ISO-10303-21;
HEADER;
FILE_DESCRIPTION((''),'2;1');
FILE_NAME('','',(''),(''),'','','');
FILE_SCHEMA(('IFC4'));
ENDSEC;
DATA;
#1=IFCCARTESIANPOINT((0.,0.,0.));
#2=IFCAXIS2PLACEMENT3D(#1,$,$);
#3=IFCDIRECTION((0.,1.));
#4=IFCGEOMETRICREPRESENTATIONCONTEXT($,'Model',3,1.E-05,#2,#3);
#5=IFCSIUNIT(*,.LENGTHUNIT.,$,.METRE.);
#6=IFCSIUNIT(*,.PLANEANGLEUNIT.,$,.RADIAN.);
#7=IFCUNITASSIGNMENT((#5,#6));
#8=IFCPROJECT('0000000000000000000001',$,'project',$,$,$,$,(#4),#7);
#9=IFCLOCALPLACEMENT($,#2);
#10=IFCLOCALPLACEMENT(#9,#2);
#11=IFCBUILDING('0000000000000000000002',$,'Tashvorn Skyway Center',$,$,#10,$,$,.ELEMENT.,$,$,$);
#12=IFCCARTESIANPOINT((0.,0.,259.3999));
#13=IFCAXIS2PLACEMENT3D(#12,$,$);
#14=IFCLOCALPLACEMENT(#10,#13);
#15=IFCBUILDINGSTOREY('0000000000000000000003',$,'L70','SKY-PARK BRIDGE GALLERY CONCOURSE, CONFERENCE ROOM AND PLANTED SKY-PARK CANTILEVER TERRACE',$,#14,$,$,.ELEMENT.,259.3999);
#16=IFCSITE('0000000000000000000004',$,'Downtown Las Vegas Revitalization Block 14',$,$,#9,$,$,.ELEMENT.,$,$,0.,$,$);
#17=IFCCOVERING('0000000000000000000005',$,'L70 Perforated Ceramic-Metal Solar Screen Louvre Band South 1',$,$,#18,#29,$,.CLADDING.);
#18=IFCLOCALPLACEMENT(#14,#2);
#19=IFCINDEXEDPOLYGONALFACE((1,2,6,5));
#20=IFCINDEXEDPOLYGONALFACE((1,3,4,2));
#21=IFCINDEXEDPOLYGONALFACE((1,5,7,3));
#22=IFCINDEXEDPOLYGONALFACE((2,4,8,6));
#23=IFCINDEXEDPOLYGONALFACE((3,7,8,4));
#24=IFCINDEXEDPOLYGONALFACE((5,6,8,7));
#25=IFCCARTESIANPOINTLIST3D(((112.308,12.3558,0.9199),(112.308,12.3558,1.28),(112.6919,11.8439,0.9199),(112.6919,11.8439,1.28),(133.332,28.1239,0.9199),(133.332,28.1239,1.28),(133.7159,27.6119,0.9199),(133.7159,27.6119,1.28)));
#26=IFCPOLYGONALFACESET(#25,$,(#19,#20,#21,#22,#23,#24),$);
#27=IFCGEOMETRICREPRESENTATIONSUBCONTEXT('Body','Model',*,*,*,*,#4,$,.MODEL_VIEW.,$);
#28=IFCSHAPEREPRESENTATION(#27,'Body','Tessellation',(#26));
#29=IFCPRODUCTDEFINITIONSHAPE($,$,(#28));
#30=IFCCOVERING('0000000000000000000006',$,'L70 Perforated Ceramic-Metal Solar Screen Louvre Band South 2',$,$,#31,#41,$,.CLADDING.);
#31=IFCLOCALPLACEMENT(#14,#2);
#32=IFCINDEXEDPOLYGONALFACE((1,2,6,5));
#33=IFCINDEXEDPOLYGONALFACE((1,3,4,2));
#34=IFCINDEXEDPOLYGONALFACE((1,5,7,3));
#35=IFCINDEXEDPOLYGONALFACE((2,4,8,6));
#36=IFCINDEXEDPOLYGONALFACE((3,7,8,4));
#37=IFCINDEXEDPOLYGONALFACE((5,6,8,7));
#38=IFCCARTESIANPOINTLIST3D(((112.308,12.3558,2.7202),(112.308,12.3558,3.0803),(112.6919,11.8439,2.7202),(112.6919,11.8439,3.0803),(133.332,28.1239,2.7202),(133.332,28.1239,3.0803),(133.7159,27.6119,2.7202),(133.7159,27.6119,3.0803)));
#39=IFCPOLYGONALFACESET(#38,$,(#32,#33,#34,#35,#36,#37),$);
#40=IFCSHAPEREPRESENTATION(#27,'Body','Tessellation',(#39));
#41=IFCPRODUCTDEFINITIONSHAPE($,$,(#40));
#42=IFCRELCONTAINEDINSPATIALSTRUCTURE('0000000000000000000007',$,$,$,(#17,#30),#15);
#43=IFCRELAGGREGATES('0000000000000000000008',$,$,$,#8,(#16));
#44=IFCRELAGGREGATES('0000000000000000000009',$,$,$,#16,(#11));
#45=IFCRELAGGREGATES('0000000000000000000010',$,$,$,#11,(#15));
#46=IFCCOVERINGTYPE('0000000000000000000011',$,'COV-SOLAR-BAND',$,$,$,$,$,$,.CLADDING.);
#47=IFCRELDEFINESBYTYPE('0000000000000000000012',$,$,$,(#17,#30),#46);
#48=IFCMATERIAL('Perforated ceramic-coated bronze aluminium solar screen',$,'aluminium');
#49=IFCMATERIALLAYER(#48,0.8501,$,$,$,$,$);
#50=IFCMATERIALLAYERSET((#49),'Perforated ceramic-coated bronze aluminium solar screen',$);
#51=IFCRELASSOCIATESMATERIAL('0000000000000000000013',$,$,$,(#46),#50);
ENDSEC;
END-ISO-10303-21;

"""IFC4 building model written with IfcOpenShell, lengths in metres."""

from ifc_helpers import new_model, si_unit, direction, frame, origin, origin_2d, place, context, subcontext, project, spatial, rectangle, extrude, material, layer, layer_set, type_object, element, save


model = new_model("IFC4")

# Units and contexts
model_context = context("Model", 3, precision=1e-05, world=origin(), true_north=direction((0.0, 1.0)))
body_context = subcontext(model_context, "Body", "Model", "MODEL_VIEW")
ifc_project = project(units=[si_unit("LENGTHUNIT", "METRE"), si_unit("PLANEANGLEUNIT", "RADIAN")], contexts=[model_context])

# Site, building, storey
site_placement = place(None, origin())
site = spatial("IfcSite", under=ifc_project, at=site_placement, Name="Downtown Las Vegas Revitalization Block 14", CompositionType="ELEMENT", RefElevation=0.0)
building_placement = place(site_placement, origin())
building = spatial("IfcBuilding", under=site, at=building_placement, Name="Tashvorn Skyway Center", CompositionType="ELEMENT")
storey_placement = place(building_placement, frame((0.0, 0.0, 259.3999)))
storey = spatial("IfcBuildingStorey", under=building, at=storey_placement, Name="L70", Description="SKY-PARK BRIDGE GALLERY CONCOURSE, CONFERENCE ROOM AND PLANTED SKY-PARK CANTILEVER TERRACE", CompositionType="ELEMENT", Elevation=259.3999)

# Coverings
ifc_material_1 = material(Name="Perforated ceramic-coated bronze aluminium solar screen", Category="aluminium")
ifc_layer_1 = layer(ifc_material_1, 0.8501)
ifc_layer_set_1 = layer_set([ifc_layer_1], Name="Perforated ceramic-coated bronze aluminium solar screen")
covering_type = type_object("IfcCoveringType", Name="COV-SOLAR-BAND", PredefinedType="CLADDING", material=ifc_layer_set_1)
for number, where, z_axis, x_axis, name in (
    (1, (123.012, 19.9839, 0.9199), (0.0, 0.0, 1.0), (-0.8, -0.6, 0.0), "L70 Perforated Ceramic-Metal Solar Screen Louvre Band South 1"),
    (2, (123.012, 19.9839, 2.7202), (0.0, 0.0, 1.0), (-0.8, -0.6, 0.0), "L70 Perforated Ceramic-Metal Solar Screen Louvre Band South 2"),
):
    element("IfcCovering", number, at=place(storey_placement, frame(where, z_axis=z_axis, x_axis=x_axis)), inside=storey, type_object=covering_type, Name=name, PredefinedType="CLADDING", context=body_context, shape_type="SweptSolid", body=[
        extrude(rectangle(XDim=26.28, YDim=0.6399, at=origin_2d()), origin(), (0.0, 0.0, 1.0), 0.3601),
    ])

save(model, "model.ifc")
